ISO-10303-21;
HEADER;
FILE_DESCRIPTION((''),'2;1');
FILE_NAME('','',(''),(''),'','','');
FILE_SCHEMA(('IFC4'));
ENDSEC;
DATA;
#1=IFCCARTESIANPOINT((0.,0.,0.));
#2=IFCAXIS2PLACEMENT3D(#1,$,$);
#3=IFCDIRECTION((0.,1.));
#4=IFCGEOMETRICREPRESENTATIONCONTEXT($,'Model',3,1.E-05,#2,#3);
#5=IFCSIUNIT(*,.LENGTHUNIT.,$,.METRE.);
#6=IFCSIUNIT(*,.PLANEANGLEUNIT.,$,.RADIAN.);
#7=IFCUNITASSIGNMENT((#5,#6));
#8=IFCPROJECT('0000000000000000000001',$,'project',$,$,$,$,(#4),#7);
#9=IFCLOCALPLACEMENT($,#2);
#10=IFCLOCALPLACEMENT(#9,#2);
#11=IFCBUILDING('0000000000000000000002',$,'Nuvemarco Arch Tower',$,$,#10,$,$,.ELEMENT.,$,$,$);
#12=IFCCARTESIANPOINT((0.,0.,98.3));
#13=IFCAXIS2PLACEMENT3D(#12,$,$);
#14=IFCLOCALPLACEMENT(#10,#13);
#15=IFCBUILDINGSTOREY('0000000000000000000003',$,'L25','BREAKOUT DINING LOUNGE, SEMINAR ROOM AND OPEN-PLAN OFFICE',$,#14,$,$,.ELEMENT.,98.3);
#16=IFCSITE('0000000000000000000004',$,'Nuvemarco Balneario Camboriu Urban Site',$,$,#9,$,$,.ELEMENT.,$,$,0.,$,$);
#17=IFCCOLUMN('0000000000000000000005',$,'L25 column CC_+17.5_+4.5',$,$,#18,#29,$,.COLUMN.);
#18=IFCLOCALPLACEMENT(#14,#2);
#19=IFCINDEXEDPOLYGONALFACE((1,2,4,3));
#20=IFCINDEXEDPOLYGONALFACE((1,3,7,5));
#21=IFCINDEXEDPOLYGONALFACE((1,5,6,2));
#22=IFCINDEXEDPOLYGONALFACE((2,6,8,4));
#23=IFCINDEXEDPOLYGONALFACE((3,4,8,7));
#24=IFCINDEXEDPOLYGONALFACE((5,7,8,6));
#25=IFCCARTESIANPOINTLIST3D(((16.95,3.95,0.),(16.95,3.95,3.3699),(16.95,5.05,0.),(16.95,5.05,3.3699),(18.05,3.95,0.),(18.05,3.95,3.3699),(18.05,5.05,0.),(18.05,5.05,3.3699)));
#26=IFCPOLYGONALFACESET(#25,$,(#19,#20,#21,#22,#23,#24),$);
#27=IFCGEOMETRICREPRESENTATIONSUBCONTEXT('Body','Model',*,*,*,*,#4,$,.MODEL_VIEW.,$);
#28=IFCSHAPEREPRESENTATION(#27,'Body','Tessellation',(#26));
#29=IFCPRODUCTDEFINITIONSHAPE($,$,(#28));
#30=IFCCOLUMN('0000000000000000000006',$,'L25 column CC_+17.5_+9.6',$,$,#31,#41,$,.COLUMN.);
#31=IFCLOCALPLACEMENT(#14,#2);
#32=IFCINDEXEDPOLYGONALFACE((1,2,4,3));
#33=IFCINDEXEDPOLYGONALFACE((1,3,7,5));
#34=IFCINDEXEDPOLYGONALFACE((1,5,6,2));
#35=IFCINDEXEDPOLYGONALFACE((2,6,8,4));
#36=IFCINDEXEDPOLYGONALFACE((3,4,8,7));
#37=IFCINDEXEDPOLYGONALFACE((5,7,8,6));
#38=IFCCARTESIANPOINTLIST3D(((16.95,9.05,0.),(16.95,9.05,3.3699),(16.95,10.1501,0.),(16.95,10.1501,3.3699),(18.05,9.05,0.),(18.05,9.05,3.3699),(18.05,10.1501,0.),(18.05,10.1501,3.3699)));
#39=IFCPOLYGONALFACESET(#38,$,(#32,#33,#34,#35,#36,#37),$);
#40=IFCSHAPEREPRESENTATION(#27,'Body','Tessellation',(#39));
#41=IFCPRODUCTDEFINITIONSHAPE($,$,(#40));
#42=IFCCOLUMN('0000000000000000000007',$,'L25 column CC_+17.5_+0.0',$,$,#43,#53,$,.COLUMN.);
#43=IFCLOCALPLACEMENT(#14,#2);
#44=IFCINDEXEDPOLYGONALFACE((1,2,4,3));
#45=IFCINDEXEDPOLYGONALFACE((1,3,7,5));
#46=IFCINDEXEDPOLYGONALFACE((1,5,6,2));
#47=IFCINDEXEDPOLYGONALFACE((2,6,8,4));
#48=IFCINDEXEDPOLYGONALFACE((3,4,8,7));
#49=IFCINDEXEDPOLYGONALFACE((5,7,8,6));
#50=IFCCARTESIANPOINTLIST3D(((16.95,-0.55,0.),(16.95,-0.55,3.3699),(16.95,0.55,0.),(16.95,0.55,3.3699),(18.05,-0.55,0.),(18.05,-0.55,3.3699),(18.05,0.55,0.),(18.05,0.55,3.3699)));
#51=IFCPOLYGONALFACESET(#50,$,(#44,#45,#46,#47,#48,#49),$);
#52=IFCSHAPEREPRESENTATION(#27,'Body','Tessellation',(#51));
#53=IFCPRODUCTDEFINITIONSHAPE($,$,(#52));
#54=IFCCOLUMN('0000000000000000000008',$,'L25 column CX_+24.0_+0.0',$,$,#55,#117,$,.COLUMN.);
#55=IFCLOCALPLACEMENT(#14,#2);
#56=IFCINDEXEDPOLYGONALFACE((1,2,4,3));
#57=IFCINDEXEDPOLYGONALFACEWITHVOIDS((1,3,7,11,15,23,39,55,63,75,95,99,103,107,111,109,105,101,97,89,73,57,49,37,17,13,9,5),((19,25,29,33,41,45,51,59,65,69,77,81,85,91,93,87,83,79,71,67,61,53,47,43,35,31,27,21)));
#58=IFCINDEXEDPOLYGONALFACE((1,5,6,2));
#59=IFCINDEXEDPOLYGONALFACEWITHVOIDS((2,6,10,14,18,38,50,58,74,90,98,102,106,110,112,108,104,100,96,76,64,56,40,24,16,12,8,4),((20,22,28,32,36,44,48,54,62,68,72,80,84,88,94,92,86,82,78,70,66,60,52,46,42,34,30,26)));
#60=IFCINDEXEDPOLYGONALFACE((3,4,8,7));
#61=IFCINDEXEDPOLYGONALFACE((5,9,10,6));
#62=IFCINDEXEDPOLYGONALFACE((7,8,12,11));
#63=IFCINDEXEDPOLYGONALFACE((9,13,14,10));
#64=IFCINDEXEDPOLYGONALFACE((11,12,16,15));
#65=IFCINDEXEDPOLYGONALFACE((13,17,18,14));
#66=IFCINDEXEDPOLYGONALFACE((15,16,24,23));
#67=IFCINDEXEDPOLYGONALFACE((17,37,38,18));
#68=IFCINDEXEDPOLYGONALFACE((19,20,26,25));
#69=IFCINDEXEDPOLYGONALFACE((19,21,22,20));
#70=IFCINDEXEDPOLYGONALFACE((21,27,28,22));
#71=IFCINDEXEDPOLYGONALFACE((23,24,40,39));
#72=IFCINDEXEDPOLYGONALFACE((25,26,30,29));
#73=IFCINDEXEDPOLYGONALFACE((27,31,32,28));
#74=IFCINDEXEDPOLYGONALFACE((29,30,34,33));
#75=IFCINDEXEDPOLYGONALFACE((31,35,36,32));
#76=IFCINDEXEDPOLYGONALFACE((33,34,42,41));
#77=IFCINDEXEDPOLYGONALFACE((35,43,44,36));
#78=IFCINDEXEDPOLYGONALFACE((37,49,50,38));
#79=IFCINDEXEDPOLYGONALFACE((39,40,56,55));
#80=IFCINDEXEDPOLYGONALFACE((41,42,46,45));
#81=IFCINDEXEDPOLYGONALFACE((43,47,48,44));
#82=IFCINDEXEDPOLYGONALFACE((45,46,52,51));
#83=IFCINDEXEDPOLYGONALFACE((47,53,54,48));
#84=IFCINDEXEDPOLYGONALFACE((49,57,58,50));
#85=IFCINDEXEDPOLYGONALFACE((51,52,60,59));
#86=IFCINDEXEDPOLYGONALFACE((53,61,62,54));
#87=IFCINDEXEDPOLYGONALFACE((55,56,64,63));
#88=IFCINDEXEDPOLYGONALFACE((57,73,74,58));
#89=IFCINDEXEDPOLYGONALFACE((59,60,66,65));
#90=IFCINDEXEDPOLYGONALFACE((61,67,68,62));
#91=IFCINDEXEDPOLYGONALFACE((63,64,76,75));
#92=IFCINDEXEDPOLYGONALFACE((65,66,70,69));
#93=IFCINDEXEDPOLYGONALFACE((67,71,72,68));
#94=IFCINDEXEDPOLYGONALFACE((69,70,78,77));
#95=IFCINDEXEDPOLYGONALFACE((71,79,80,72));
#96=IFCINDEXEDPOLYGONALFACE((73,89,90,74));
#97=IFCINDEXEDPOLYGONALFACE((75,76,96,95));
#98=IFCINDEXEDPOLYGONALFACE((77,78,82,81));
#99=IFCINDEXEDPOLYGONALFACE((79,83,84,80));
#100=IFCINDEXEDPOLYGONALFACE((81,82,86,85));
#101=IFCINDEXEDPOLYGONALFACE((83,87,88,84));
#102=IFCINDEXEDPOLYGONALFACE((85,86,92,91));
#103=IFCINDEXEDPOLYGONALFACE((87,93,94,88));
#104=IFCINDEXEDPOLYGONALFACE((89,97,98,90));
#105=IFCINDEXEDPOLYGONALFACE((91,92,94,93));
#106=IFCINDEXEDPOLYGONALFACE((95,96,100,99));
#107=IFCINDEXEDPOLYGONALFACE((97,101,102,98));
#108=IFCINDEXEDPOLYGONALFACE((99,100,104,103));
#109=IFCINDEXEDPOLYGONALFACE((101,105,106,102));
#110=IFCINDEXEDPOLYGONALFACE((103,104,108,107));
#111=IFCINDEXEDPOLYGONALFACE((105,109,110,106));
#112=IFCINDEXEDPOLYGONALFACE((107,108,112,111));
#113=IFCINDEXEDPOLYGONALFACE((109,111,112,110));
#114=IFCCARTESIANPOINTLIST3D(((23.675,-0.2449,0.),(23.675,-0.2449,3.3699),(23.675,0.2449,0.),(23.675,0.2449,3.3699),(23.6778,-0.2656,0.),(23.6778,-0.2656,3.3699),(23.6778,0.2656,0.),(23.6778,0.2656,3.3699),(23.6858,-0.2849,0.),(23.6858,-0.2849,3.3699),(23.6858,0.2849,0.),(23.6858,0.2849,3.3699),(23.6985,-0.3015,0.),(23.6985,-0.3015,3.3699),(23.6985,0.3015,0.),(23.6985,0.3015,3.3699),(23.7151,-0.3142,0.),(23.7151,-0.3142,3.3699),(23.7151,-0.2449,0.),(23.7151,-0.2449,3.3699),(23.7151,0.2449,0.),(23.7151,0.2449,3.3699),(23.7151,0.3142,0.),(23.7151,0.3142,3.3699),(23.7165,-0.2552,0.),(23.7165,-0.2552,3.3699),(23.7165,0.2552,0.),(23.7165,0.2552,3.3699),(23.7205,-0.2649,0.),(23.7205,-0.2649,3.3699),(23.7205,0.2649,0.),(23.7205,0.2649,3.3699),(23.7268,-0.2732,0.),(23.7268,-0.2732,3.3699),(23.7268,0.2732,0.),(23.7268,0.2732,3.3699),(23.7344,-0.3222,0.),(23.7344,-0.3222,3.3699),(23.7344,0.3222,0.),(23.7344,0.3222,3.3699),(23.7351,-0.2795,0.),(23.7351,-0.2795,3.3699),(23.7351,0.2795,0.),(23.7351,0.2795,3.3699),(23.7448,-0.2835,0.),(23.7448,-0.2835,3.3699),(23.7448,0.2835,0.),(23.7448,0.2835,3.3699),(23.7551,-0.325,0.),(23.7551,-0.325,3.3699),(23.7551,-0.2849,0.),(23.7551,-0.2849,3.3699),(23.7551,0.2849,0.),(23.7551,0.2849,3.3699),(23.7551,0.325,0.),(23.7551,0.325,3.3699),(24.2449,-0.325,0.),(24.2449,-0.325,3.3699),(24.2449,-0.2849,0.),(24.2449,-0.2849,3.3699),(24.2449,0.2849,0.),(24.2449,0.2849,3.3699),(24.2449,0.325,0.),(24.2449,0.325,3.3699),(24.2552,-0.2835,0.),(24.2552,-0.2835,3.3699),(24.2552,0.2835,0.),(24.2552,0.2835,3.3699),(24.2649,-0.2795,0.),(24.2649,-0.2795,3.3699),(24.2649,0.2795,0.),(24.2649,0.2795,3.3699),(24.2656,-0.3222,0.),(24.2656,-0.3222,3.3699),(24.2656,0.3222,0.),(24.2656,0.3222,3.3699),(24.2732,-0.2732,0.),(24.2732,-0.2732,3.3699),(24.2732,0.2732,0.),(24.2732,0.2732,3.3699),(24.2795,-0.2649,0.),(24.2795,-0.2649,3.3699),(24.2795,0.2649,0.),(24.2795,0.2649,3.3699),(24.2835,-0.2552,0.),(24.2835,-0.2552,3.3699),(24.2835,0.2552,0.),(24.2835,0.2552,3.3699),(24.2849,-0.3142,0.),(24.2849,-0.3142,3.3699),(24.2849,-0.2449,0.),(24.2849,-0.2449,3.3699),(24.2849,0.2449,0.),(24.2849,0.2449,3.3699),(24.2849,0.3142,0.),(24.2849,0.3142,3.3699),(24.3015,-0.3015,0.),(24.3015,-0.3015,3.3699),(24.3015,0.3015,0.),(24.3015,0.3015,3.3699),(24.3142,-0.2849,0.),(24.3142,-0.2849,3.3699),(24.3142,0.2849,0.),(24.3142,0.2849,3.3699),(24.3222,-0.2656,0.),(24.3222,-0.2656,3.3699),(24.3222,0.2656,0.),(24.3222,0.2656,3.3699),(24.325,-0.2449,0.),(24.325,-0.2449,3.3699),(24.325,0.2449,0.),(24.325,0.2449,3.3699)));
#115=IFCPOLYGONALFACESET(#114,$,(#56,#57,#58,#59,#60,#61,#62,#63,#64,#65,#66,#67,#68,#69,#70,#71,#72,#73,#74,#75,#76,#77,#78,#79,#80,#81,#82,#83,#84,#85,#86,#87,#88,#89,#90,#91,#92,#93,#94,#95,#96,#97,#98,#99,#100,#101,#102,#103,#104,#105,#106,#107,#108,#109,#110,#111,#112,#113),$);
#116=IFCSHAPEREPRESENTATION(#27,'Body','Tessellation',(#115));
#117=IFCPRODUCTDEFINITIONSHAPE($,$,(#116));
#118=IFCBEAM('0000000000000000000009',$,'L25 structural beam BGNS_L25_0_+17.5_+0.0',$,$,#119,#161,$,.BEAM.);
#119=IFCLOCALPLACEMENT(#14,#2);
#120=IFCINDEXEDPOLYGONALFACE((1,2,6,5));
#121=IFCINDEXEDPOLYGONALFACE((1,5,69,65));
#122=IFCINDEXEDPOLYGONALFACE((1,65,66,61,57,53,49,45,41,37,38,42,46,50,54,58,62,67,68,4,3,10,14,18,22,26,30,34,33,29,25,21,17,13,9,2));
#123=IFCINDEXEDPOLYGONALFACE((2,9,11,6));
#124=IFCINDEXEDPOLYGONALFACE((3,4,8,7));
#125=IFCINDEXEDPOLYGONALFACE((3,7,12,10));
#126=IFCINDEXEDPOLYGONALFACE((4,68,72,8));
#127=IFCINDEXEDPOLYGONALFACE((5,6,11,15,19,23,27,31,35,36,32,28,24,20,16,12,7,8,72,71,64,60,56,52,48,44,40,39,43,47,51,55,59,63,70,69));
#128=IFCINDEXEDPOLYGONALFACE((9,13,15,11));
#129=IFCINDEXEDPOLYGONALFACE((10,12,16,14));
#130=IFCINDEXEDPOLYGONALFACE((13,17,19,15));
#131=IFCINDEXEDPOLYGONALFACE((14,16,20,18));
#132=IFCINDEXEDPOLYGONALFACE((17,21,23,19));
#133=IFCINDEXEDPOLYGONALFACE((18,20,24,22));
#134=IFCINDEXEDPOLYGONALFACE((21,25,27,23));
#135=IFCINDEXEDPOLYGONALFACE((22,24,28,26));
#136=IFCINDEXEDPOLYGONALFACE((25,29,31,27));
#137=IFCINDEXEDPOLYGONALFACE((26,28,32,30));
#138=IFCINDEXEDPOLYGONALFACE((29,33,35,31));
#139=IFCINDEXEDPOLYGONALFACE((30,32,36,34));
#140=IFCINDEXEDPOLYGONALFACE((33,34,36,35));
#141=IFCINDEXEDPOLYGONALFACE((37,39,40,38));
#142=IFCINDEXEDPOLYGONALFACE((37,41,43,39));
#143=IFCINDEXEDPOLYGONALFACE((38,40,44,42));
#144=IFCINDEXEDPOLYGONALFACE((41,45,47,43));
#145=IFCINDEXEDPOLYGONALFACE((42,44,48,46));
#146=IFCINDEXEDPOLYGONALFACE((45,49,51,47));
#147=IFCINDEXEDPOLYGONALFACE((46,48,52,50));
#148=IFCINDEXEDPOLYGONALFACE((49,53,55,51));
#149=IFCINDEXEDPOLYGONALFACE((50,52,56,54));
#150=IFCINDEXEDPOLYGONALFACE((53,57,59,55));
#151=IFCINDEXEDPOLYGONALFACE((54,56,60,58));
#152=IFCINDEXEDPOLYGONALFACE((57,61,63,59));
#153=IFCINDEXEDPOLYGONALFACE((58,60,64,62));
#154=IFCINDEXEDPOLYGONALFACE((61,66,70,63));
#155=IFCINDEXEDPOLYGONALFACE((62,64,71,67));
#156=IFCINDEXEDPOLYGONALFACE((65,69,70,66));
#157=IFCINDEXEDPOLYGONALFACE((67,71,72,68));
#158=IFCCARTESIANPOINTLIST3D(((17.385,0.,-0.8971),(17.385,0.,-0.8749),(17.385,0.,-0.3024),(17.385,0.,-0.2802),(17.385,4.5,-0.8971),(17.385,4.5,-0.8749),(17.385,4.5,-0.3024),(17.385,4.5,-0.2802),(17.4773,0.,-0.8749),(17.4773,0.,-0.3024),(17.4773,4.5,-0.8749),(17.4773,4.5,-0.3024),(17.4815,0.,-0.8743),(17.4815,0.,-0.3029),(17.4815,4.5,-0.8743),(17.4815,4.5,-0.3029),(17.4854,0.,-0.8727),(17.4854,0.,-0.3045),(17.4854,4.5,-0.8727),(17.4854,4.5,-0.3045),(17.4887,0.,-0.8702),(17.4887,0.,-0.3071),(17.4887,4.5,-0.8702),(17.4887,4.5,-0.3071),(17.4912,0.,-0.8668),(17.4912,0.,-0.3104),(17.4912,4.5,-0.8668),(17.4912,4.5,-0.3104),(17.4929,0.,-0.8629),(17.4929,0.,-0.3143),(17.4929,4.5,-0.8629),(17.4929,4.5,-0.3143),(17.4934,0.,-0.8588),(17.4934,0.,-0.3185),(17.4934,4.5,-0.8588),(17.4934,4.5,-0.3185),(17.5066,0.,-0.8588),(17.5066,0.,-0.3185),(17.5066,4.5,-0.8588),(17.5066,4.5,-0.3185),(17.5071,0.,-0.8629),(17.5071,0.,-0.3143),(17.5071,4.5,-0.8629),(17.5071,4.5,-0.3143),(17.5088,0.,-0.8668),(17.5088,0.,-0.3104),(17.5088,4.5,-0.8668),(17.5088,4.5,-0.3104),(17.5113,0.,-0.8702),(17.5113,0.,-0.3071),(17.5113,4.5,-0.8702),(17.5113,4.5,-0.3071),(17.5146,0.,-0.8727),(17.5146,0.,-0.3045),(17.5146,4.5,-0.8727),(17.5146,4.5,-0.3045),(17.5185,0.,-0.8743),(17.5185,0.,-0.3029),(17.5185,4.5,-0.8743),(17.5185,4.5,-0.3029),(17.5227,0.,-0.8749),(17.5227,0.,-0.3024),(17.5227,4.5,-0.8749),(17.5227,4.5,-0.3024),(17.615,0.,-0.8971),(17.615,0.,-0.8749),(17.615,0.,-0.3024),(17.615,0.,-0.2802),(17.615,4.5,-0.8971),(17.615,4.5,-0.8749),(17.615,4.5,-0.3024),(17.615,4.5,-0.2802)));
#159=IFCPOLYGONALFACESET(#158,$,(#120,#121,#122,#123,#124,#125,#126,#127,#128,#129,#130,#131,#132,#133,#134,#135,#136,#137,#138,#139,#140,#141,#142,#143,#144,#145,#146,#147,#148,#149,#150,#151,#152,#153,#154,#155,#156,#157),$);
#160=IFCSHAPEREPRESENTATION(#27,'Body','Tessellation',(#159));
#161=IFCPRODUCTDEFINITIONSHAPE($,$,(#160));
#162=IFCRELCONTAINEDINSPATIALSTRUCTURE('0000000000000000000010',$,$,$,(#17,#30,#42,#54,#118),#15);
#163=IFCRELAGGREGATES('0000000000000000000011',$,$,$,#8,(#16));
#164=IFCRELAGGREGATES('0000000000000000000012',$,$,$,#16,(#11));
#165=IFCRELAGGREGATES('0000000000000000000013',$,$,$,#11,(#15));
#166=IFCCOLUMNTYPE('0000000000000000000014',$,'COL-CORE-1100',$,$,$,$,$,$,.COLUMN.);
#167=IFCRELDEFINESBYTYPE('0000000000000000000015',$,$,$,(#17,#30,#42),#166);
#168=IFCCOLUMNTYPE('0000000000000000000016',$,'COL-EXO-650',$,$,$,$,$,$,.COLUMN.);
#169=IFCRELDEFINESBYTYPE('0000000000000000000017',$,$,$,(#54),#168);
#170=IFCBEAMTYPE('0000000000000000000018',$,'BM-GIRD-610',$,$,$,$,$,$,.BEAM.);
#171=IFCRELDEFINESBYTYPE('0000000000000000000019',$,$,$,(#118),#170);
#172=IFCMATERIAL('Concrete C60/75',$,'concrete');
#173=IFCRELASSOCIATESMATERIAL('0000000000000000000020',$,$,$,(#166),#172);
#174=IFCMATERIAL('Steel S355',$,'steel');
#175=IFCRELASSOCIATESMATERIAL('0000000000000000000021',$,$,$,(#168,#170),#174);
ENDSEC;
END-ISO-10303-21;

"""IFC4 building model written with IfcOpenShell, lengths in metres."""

from ifc_helpers import new_model, si_unit, direction, frame, origin, origin_2d, place, context, subcontext, project, spatial, rectangle, hollow_rectangle, i_section, extrude, material, material_profile, profile_set, type_object, element, save


model = new_model("IFC4")

# Units and contexts
model_context = context("Model", 3, precision=1e-05, world=origin(), true_north=direction((0.0, 1.0)))
body_context = subcontext(model_context, "Body", "Model", "MODEL_VIEW")
ifc_project = project(units=[si_unit("LENGTHUNIT", "METRE"), si_unit("PLANEANGLEUNIT", "RADIAN")], contexts=[model_context])

# Site, building, storey
site_placement = place(None, origin())
site = spatial("IfcSite", under=ifc_project, at=site_placement, Name="Nuvemarco Balneario Camboriu Urban Site", CompositionType="ELEMENT", RefElevation=0.0)
building_placement = place(site_placement, origin())
building = spatial("IfcBuilding", under=site, at=building_placement, Name="Nuvemarco Arch Tower", CompositionType="ELEMENT")
storey_placement = place(building_placement, frame((0.0, 0.0, 98.3)))
storey = spatial("IfcBuildingStorey", under=building, at=storey_placement, Name="L25", Description="BREAKOUT DINING LOUNGE, SEMINAR ROOM AND OPEN-PLAN OFFICE", CompositionType="ELEMENT", Elevation=98.3)

# Columns
ifc_material_1 = material(Name="Concrete C60/75", Category="concrete")
ifc_material_profile_1 = material_profile(ifc_material_1, rectangle(XDim=1.1001, YDim=1.1001, at=origin_2d()), Name="RC-COL-1100x1100")
ifc_profile_set_1 = profile_set([ifc_material_profile_1], Name="Concrete C60/75")
column_type_1 = type_object("IfcColumnType", Name="COL-CORE-1100", PredefinedType="COLUMN", material=ifc_profile_set_1)
for number, where, z_axis, x_axis, name in (
    (1, (17.5, 4.5, 0.0), (0.0, 0.0, 1.0), (1.0, 0.0, 0.0), "L25 column CC_+17.5_+4.5"),
    (2, (17.5, 9.6001, 0.0), (0.0, 0.0, 1.0), (1.0, 0.0, 0.0), "L25 column CC_+17.5_+9.6"),
    (3, (17.5, 0.0, 0.0), (0.0, 0.0, 1.0), (1.0, 0.0, 0.0), "L25 column CC_+17.5_+0.0"),
):
    element("IfcColumn", number, at=place(storey_placement, frame(where, z_axis=z_axis, x_axis=x_axis)), inside=storey, type_object=column_type_1, Name=name, PredefinedType="COLUMN", context=body_context, shape_type="SweptSolid", body=[
        extrude(rectangle(XDim=1.1001, YDim=1.1001, at=origin_2d()), origin(), (0.0, 0.0, 1.0), 3.3699),
    ])
ifc_material_2 = material(Name="Steel S355", Category="steel")
ifc_material_profile_2 = material_profile(ifc_material_2, hollow_rectangle(XDim=0.6499, YDim=0.6499, WallThickness=0.04, InnerFilletRadius=0.04, OuterFilletRadius=0.0801, at=origin_2d()), Name="SHS650x650x40")
ifc_profile_set_2 = profile_set([ifc_material_profile_2], Name="Steel S355")
column_type_2 = type_object("IfcColumnType", Name="COL-EXO-650", PredefinedType="COLUMN", material=ifc_profile_set_2)
column_placement = place(storey_placement, frame((24.0, 0.0, 0.0), z_axis=(0.0, 0.0, 1.0), x_axis=(1.0, 0.0, 0.0)))
element("IfcColumn", 4, at=column_placement, inside=storey, type_object=column_type_2, Name="L25 column CX_+24.0_+0.0", PredefinedType="COLUMN", context=body_context, shape_type="SweptSolid", body=[
    extrude(hollow_rectangle(XDim=0.6499, YDim=0.6499, WallThickness=0.04, InnerFilletRadius=0.04, OuterFilletRadius=0.0801, at=origin_2d()), origin(), (0.0, 0.0, 1.0), 3.3699),
])

# Beam
ifc_material_profile_3 = material_profile(ifc_material_2, i_section(OverallWidth=0.23, OverallDepth=0.6169, WebThickness=0.0132, FlangeThickness=0.0222, FilletRadius=0.0161, at=origin_2d()), Name="W610x140")
ifc_profile_set_3 = profile_set([ifc_material_profile_3], Name="Steel S355")
beam_type_1 = type_object("IfcBeamType", Name="BM-GIRD-610", PredefinedType="BEAM", material=ifc_profile_set_3)
beam_1_placement = place(storey_placement, frame((17.5, 0.0, -0.5886), z_axis=(0.0, 1.0, 0.0), x_axis=(-1.0, 0.0, 0.0)))
element("IfcBeam", 5, at=beam_1_placement, inside=storey, type_object=beam_type_1, Name="L25 structural beam BGNS_L25_0_+17.5_+0.0", PredefinedType="BEAM", context=body_context, shape_type="SweptSolid", body=[
    extrude(i_section(OverallWidth=0.23, OverallDepth=0.6169, WebThickness=0.0132, FlangeThickness=0.0222, FilletRadius=0.0161, at=origin_2d()), origin(), (0.0, 0.0, 1.0), 4.5),
])

save(model, "model.ifc")
